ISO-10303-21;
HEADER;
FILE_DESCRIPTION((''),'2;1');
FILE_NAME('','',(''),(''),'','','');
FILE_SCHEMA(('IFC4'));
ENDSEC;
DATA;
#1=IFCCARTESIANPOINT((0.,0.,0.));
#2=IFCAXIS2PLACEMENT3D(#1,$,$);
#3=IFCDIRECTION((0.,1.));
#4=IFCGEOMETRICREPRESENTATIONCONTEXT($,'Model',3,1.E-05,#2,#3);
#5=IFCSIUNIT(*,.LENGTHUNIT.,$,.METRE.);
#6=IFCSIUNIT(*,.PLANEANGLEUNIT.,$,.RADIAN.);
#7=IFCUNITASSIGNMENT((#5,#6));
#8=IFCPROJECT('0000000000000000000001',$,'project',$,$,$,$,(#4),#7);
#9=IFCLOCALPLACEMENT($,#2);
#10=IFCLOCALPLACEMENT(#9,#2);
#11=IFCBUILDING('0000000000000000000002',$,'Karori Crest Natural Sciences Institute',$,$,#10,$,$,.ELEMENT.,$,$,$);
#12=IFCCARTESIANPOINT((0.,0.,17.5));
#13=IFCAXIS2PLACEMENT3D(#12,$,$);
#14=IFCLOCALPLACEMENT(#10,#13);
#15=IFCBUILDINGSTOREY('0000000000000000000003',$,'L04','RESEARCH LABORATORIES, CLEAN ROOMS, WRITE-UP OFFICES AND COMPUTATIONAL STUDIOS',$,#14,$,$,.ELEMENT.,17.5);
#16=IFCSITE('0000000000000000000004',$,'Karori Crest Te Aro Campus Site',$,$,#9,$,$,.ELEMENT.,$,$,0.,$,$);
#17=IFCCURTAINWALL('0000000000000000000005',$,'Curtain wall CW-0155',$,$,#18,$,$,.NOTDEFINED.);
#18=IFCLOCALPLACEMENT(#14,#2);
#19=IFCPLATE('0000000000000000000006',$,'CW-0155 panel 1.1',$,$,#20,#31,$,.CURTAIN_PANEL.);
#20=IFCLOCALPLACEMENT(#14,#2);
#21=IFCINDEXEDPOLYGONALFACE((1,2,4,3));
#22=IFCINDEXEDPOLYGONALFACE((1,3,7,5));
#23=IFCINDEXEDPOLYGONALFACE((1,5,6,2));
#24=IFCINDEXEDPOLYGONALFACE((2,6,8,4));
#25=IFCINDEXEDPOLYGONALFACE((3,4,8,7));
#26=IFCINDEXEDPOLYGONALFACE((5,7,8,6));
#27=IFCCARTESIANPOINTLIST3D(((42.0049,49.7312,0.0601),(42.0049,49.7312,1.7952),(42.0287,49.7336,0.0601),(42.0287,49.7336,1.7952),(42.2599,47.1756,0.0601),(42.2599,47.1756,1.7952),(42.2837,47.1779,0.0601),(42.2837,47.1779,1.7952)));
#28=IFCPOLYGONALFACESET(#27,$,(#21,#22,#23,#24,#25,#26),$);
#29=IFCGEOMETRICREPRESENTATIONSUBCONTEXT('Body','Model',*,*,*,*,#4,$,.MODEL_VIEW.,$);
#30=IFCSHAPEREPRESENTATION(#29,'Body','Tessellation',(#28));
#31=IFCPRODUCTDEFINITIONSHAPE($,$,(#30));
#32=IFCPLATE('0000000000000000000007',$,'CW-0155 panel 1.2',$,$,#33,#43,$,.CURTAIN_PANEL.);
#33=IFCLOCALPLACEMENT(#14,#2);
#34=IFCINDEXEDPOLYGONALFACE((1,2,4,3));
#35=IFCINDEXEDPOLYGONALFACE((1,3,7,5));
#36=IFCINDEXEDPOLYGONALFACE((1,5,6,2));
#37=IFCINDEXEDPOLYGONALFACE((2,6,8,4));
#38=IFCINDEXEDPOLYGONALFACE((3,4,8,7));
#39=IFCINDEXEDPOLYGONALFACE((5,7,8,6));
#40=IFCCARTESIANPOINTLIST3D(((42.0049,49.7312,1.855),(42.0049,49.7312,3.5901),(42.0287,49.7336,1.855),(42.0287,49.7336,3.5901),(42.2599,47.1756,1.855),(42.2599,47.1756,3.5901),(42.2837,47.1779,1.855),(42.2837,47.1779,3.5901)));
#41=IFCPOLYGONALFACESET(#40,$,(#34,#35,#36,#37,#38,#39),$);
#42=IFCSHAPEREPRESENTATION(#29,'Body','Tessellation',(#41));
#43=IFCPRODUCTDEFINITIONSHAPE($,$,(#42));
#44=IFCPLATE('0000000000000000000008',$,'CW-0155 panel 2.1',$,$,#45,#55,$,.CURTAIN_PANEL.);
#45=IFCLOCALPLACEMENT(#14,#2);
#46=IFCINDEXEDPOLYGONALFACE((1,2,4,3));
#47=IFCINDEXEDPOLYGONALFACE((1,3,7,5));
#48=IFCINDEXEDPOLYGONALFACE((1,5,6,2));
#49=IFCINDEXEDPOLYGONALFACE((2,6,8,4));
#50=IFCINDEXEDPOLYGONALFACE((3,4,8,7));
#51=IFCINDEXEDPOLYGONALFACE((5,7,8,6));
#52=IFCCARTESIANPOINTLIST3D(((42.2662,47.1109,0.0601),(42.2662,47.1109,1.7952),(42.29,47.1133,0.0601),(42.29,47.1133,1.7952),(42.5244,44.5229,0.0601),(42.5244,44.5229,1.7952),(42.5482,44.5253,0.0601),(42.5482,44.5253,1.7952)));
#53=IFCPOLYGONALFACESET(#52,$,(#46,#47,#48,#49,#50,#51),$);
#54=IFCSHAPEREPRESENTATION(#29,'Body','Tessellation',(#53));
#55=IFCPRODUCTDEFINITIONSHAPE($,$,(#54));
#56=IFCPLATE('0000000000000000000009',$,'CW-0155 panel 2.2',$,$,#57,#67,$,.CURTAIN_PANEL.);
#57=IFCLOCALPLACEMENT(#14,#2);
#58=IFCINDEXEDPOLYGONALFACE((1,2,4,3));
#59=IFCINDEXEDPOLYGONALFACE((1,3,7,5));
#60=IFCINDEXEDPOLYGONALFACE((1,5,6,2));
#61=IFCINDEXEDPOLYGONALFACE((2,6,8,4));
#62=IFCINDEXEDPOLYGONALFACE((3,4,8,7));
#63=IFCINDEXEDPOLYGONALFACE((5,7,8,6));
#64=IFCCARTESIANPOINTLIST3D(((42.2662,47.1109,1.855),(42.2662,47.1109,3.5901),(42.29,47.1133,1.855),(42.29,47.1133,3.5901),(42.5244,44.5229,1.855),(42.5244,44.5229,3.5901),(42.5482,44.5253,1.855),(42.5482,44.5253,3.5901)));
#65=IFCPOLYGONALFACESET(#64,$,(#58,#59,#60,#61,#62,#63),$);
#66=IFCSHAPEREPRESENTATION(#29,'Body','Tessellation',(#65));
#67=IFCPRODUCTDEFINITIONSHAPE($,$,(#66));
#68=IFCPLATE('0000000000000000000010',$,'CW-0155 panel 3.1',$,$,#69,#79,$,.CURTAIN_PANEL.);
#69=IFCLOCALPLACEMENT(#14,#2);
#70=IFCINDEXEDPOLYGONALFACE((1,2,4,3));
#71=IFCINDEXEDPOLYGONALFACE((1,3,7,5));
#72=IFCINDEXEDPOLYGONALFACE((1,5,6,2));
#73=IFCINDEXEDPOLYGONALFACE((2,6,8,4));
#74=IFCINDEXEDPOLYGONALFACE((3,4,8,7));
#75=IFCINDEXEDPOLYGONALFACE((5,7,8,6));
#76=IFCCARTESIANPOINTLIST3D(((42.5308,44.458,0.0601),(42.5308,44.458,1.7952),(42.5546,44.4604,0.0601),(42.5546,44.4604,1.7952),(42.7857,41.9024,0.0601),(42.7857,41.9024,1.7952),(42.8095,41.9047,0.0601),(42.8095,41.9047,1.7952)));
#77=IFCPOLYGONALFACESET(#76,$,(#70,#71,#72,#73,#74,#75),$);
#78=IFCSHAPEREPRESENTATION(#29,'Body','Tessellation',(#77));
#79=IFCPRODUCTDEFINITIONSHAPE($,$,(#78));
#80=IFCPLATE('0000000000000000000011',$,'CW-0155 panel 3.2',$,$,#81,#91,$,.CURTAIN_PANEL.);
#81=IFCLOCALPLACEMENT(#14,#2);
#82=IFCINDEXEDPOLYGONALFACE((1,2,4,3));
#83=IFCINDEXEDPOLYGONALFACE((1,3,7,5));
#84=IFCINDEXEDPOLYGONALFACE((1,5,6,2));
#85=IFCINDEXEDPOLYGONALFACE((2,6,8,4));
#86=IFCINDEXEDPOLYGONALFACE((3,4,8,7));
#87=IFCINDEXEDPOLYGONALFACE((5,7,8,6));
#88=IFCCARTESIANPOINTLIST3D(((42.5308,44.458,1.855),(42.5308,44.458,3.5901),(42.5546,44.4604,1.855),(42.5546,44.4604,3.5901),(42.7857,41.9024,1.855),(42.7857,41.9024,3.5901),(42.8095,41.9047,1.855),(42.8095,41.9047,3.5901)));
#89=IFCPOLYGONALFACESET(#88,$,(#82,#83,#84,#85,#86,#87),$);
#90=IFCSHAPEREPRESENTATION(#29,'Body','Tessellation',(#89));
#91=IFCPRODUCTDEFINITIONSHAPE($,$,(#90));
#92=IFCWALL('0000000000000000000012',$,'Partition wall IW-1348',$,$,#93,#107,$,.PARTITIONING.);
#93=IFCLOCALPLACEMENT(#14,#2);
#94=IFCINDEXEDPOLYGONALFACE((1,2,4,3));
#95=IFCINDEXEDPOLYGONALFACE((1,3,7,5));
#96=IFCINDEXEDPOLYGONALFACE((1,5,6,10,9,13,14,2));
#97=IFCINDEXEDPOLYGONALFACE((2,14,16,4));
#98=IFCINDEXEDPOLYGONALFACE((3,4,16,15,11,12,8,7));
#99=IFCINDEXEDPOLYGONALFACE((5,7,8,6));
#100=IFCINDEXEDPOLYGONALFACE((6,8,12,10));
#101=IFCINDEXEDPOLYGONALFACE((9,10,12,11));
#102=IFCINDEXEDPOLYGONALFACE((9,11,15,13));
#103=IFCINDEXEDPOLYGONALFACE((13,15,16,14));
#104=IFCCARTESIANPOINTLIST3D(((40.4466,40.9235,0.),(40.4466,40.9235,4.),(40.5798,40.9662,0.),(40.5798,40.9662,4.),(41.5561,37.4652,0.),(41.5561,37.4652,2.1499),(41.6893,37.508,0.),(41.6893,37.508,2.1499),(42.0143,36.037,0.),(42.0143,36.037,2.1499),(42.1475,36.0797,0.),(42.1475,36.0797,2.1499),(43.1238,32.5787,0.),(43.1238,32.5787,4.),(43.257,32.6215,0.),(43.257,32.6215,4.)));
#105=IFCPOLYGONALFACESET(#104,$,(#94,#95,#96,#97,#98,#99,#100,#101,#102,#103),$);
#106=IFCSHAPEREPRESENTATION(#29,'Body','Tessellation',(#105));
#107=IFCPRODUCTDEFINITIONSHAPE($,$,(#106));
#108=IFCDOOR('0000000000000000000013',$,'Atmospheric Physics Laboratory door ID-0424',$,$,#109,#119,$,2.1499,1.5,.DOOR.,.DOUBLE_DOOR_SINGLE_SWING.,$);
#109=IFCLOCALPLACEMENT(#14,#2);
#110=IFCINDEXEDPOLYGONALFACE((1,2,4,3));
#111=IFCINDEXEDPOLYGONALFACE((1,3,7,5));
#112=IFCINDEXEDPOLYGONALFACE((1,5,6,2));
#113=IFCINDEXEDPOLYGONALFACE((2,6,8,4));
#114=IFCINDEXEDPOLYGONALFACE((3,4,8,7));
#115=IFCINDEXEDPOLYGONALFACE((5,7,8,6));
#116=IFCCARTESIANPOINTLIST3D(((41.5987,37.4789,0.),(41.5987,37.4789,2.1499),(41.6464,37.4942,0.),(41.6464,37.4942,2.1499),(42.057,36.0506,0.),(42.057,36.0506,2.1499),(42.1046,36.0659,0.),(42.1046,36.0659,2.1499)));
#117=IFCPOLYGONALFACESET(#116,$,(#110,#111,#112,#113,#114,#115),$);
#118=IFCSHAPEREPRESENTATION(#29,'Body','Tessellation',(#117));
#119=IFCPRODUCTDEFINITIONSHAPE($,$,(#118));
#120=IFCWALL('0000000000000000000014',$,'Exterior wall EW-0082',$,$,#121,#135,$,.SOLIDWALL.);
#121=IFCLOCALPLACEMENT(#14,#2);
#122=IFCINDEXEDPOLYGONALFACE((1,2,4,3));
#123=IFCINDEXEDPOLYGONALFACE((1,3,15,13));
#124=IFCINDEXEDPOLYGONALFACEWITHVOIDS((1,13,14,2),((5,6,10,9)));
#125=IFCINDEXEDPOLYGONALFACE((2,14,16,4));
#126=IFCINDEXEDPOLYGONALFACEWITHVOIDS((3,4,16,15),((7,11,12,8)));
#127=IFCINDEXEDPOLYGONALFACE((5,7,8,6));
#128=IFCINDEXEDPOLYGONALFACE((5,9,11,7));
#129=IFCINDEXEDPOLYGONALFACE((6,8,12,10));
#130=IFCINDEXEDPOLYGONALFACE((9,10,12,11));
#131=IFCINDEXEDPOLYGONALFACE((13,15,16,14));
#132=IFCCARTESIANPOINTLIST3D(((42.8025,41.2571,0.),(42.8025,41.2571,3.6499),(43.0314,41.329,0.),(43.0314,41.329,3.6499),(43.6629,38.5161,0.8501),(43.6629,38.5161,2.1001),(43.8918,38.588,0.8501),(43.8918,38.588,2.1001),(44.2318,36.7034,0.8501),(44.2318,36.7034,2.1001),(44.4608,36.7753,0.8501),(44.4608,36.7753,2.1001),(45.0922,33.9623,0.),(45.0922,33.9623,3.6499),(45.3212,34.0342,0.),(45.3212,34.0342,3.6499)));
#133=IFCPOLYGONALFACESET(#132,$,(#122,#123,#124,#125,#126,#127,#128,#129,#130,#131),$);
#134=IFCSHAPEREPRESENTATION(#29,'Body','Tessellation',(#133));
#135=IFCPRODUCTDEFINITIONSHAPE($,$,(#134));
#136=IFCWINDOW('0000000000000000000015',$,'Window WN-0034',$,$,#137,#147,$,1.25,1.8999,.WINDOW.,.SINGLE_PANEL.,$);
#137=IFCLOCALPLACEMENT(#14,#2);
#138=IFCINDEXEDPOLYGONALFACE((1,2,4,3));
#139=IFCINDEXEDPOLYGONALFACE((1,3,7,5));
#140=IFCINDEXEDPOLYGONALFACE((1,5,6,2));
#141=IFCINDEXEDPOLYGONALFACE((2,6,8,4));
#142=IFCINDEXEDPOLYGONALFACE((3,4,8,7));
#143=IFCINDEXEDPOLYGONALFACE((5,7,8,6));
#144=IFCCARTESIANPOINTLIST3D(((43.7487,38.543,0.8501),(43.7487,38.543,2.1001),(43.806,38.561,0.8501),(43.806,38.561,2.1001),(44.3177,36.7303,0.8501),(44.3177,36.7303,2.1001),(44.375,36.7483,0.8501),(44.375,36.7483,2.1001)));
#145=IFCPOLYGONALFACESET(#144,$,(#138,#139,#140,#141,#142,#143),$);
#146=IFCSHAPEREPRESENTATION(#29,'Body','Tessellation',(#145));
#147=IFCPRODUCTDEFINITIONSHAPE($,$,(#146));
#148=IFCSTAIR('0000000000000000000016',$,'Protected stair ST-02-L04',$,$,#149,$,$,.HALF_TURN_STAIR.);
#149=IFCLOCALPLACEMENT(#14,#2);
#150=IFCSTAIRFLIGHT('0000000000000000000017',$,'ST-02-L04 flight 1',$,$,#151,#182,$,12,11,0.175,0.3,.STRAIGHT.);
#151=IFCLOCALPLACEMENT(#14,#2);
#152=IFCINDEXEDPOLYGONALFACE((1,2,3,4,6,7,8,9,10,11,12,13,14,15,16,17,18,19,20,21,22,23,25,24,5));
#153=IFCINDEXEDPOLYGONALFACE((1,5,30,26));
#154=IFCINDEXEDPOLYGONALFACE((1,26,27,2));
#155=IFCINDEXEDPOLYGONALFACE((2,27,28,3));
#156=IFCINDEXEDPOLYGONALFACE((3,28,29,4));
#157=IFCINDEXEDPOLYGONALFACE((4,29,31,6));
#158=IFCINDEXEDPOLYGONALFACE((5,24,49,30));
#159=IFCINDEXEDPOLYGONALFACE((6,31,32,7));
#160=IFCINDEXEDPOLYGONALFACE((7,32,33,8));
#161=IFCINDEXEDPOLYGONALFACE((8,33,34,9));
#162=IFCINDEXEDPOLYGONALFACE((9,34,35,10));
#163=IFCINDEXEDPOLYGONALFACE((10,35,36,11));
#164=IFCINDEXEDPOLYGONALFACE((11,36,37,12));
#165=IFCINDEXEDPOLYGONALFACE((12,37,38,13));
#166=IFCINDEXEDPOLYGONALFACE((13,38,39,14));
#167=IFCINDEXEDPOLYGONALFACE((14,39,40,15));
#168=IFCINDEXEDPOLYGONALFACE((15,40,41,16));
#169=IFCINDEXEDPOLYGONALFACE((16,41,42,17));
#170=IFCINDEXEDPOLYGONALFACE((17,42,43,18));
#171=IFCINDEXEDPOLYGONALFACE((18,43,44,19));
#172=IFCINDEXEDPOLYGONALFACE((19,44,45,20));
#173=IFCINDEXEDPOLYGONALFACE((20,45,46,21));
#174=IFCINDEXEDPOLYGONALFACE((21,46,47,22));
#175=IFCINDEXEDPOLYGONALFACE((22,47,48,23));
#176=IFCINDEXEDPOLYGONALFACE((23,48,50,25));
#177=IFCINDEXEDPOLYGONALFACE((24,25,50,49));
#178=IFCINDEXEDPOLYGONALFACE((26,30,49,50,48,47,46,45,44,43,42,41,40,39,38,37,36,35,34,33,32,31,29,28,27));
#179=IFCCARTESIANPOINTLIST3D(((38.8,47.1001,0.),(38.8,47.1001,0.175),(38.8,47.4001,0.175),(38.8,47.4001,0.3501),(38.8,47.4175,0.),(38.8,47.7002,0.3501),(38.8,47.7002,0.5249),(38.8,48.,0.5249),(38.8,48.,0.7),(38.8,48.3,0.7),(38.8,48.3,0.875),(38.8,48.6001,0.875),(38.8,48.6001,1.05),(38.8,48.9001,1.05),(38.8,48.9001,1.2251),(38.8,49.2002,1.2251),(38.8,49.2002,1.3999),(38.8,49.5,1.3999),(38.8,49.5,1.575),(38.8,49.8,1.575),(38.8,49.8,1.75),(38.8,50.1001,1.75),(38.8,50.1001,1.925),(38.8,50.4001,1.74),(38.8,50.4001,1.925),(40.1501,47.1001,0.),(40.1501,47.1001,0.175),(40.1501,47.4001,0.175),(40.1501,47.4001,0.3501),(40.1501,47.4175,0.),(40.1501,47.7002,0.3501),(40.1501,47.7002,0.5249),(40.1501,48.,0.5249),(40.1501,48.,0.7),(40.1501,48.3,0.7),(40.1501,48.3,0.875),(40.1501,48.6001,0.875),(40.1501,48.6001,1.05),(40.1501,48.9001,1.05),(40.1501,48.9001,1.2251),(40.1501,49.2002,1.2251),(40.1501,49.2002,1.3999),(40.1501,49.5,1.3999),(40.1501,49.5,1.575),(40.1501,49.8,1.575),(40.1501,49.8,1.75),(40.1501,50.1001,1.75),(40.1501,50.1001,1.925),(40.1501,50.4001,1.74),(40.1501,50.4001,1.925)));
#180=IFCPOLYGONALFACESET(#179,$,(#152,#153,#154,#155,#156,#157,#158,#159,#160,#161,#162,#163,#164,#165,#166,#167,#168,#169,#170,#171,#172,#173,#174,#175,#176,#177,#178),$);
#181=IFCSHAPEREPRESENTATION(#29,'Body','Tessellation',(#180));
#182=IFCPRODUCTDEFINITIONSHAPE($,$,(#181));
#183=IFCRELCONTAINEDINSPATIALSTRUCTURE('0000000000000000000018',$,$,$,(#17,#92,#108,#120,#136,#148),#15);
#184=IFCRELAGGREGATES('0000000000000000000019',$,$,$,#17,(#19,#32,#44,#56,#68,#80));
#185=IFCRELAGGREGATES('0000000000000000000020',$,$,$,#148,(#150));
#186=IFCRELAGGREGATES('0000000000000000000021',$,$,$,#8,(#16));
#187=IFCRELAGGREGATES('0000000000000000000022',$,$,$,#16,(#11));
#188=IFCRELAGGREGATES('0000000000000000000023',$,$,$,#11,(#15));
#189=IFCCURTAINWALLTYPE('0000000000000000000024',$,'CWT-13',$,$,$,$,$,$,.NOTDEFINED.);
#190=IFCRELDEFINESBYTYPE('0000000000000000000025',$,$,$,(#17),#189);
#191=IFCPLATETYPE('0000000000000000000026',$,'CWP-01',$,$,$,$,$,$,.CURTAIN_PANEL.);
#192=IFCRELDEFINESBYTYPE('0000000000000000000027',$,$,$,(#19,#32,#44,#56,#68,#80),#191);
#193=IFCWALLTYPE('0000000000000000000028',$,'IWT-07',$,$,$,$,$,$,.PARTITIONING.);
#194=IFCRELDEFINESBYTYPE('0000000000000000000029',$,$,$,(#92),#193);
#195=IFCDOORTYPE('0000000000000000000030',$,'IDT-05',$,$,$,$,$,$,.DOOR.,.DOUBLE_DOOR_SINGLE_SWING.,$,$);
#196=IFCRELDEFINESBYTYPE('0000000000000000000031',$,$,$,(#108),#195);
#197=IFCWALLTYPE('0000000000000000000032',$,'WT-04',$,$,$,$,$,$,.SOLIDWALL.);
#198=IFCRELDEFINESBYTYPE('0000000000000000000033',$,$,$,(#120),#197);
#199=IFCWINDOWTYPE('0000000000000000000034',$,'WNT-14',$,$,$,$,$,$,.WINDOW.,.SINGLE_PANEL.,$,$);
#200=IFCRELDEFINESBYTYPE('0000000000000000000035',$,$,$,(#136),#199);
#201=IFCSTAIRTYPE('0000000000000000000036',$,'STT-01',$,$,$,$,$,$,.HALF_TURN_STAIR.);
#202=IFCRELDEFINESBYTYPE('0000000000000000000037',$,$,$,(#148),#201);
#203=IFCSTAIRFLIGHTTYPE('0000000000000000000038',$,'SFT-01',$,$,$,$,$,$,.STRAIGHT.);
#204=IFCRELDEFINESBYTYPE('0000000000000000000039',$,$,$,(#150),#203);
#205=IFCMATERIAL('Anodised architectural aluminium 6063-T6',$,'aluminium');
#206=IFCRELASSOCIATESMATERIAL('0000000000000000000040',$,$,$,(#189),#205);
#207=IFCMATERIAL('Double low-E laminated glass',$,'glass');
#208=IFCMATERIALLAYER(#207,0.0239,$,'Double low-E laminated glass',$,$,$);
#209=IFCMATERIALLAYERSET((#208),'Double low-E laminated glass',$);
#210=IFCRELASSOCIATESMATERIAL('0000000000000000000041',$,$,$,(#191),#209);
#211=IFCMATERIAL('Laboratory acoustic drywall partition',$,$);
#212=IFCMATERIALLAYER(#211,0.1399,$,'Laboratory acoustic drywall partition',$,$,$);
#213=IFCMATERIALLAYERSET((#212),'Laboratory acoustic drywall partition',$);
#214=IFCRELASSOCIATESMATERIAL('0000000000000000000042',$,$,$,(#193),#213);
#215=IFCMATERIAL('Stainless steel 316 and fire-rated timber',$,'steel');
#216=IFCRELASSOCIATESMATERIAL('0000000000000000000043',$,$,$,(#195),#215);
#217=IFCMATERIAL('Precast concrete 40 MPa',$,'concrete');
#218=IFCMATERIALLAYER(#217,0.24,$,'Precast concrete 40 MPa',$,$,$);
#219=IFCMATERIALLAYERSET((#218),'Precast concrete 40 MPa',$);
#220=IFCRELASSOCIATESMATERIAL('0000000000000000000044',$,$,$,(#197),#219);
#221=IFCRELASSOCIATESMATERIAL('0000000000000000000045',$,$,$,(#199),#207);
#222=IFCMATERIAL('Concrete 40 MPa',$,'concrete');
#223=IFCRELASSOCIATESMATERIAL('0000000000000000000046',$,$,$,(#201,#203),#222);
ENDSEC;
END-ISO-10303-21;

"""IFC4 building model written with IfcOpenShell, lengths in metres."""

from ifc_helpers import new_model, si_unit, direction, frame, frame_2d, origin, origin_2d, place, context, subcontext, project, spatial, polyline, rectangle, outline, extrude, material, layer, layer_set, type_object, element, fill, aggregate, save


model = new_model("IFC4")

# Units and contexts
model_context = context("Model", 3, precision=1e-05, world=origin(), true_north=direction((0.0, 1.0)))
body_context = subcontext(model_context, "Body", "Model", "MODEL_VIEW")
ifc_project = project(units=[si_unit("LENGTHUNIT", "METRE"), si_unit("PLANEANGLEUNIT", "RADIAN")], contexts=[model_context])

# Site, building, storey
site_placement = place(None, origin())
site = spatial("IfcSite", under=ifc_project, at=site_placement, Name="Karori Crest Te Aro Campus Site", CompositionType="ELEMENT", RefElevation=0.0)
building_placement = place(site_placement, origin())
building = spatial("IfcBuilding", under=site, at=building_placement, Name="Karori Crest Natural Sciences Institute", CompositionType="ELEMENT")
storey_placement = place(building_placement, frame((0.0, 0.0, 17.5)))
storey = spatial("IfcBuildingStorey", under=building, at=storey_placement, Name="L04", Description="RESEARCH LABORATORIES, CLEAN ROOMS, WRITE-UP OFFICES AND COMPUTATIONAL STUDIOS", CompositionType="ELEMENT", Elevation=17.5)

# Curtain wall, plates
ifc_material_1 = material(Name="Anodised architectural aluminium 6063-T6", Category="aluminium")
curtain_wall_type = type_object("IfcCurtainWallType", Name="CWT-13", PredefinedType="NOTDEFINED", material=ifc_material_1)
curtain_wall_placement = place(storey_placement, origin())
curtain_wall = element("IfcCurtainWall", 1, at=curtain_wall_placement, inside=storey, type_object=curtain_wall_type, Name="Curtain wall CW-0155", PredefinedType="NOTDEFINED")
ifc_material_2 = material(Name="Double low-E laminated glass", Category="glass")
ifc_layer_1 = layer(ifc_material_2, 0.0239, Name="Double low-E laminated glass")
ifc_layer_set_1 = layer_set([ifc_layer_1], Name="Double low-E laminated glass")
plate_type = type_object("IfcPlateType", Name="CWP-01", PredefinedType="CURTAIN_PANEL", material=ifc_layer_set_1)
plate_1_placement = place(storey_placement, frame((42.1443, 48.4546, 0.0601), z_axis=(0.0, 0.0, 1.0), x_axis=(0.099268, -0.995061, 0.0)))
plate_1 = element("IfcPlate", 2, at=plate_1_placement, type_object=plate_type, Name="CW-0155 panel 1.1", PredefinedType="CURTAIN_PANEL", context=body_context, shape_type="SweptSolid", body=[
    extrude(rectangle(XDim=2.5684, YDim=0.0239, at=origin_2d()), origin(), (0.0, 0.0, 1.0), 1.7351),
])
plate_2_placement = place(storey_placement, frame((42.1443, 48.4546, 1.855), z_axis=(0.0, 0.0, 1.0), x_axis=(0.099268, -0.995061, 0.0)))
plate_2 = element("IfcPlate", 3, at=plate_2_placement, type_object=plate_type, Name="CW-0155 panel 1.2", PredefinedType="CURTAIN_PANEL", context=body_context, shape_type="SweptSolid", body=[
    extrude(rectangle(XDim=2.5684, YDim=0.0239, at=origin_2d()), origin(), (0.0, 0.0, 1.0), 1.7351),
])
plate_3_placement = place(storey_placement, frame((42.4072, 45.8181, 0.0601), z_axis=(0.0, 0.0, 1.0), x_axis=(0.099268, -0.995061, 0.0)))
plate_3 = element("IfcPlate", 4, at=plate_3_placement, type_object=plate_type, Name="CW-0155 panel 2.1", PredefinedType="CURTAIN_PANEL", context=body_context, shape_type="SweptSolid", body=[
    extrude(rectangle(XDim=2.6008, YDim=0.0239, at=origin_2d()), origin(), (0.0, 0.0, 1.0), 1.7351),
])
plate_4_placement = place(storey_placement, frame((42.4072, 45.8181, 1.855), z_axis=(0.0, 0.0, 1.0), x_axis=(0.099268, -0.995061, 0.0)))
plate_4 = element("IfcPlate", 5, at=plate_4_placement, type_object=plate_type, Name="CW-0155 panel 2.2", PredefinedType="CURTAIN_PANEL", context=body_context, shape_type="SweptSolid", body=[
    extrude(rectangle(XDim=2.6008, YDim=0.0239, at=origin_2d()), origin(), (0.0, 0.0, 1.0), 1.7351),
])
plate_5_placement = place(storey_placement, frame((42.6702, 43.1814, 0.0601), z_axis=(0.0, 0.0, 1.0), x_axis=(0.099268, -0.995061, 0.0)))
plate_5 = element("IfcPlate", 6, at=plate_5_placement, type_object=plate_type, Name="CW-0155 panel 3.1", PredefinedType="CURTAIN_PANEL", context=body_context, shape_type="SweptSolid", body=[
    extrude(rectangle(XDim=2.5684, YDim=0.0239, at=origin_2d()), origin(), (0.0, 0.0, 1.0), 1.7351),
])
plate_6_placement = place(storey_placement, frame((42.6702, 43.1814, 1.855), z_axis=(0.0, 0.0, 1.0), x_axis=(0.099268, -0.995061, 0.0)))
plate_6 = element("IfcPlate", 7, at=plate_6_placement, type_object=plate_type, Name="CW-0155 panel 3.2", PredefinedType="CURTAIN_PANEL", context=body_context, shape_type="SweptSolid", body=[
    extrude(rectangle(XDim=2.5684, YDim=0.0239, at=origin_2d()), origin(), (0.0, 0.0, 1.0), 1.7351),
])
aggregate(curtain_wall, [plate_1, plate_2, plate_3, plate_4, plate_5, plate_6])

# Wall, opening, door
ifc_material_3 = material(Name="Stainless steel 316 and fire-rated timber", Category="steel")
ifc_material_4 = material(Name="Laboratory acoustic drywall partition")
ifc_layer_2 = layer(ifc_material_4, 0.1399, Name="Laboratory acoustic drywall partition")
ifc_layer_set_2 = layer_set([ifc_layer_2], Name="Laboratory acoustic drywall partition")
wall_type_1 = type_object("IfcWallType", Name="IWT-07", PredefinedType="PARTITIONING", material=ifc_layer_set_2)
wall_1_placement = place(storey_placement, frame((40.5132, 40.9448, 0.0), z_axis=(0.0, 0.0, 1.0), x_axis=(0.305493, -0.952194, 0.0)))
wall_1 = element("IfcWall", 8, at=wall_1_placement, inside=storey, type_object=wall_type_1, Name="Partition wall IW-1348", PredefinedType="PARTITIONING", context=body_context, shape_type="SweptSolid", body=[
    extrude(rectangle(XDim=8.7637, YDim=0.1399, at=frame_2d((4.3818, 0.0))), origin(), (0.0, 0.0, 1.0), 4.0),
])
opening_1_placement = place(wall_1_placement, frame((3.6318, 0.0, 0.0)))
opening_1 = element("IfcOpeningElement", 9, at=opening_1_placement, cuts=wall_1, PredefinedType="OPENING", context=body_context, shape_type="SweptSolid", body=[
    extrude(rectangle(XDim=1.5, YDim=2.1499, at=frame_2d((0.75, 1.075))), frame((0.0, 0.0801, 0.0), z_axis=(0.0, -1.0, 0.0), x_axis=(1.0, 0.0, 0.0)), (0.0, 0.0, 1.0), 0.1599),
])
door_type_1 = type_object("IfcDoorType", Name="IDT-05", OperationType="DOUBLE_DOOR_SINGLE_SWING", PredefinedType="DOOR", material=ifc_material_3)
door_1_placement = place(opening_1_placement, origin())
door_1 = element("IfcDoor", 10, at=door_1_placement, inside=storey, type_object=door_type_1, Name="Atmospheric Physics Laboratory door ID-0424", OperationType="DOUBLE_DOOR_SINGLE_SWING", OverallHeight=2.1499, OverallWidth=1.5, PredefinedType="DOOR", context=body_context, shape_type="SweptSolid", body=[
    extrude(rectangle(XDim=1.5, YDim=2.1499, at=frame_2d((0.75, 1.075))), frame((0.0, 0.0249, 0.0), z_axis=(0.0, -1.0, 0.0), x_axis=(1.0, 0.0, 0.0)), (0.0, 0.0, 1.0), 0.05),
])
fill(opening_1, door_1)

# Wall, opening, window
ifc_material_5 = material(Name="Precast concrete 40 MPa", Category="concrete")
ifc_layer_3 = layer(ifc_material_5, 0.24, Name="Precast concrete 40 MPa")
ifc_layer_set_3 = layer_set([ifc_layer_3], Name="Precast concrete 40 MPa")
wall_type_2 = type_object("IfcWallType", Name="WT-04", PredefinedType="SOLIDWALL", material=ifc_layer_set_3)
wall_2_placement = place(storey_placement, frame((42.917, 41.293, 0.0), z_axis=(0.0, 0.0, 1.0), x_axis=(0.299482, -0.954102, 0.0)))
wall_2 = element("IfcWall", 11, at=wall_2_placement, inside=storey, type_object=wall_type_2, Name="Exterior wall EW-0082", PredefinedType="SOLIDWALL", context=body_context, shape_type="SweptSolid", body=[
    extrude(rectangle(XDim=7.6458, YDim=0.24, at=frame_2d((3.8228, 0.0))), origin(), (0.0, 0.0, 1.0), 3.6499),
])
opening_2_placement = place(wall_2_placement, frame((2.8728, 0.0, 0.8501)))
opening_2 = element("IfcOpeningElement", 12, at=opening_2_placement, cuts=wall_2, PredefinedType="OPENING", context=body_context, shape_type="SweptSolid", body=[
    extrude(rectangle(XDim=1.8999, YDim=1.25, at=frame_2d((0.95, 0.625))), frame((0.0, 0.1299, 0.0), z_axis=(0.0, -1.0, 0.0), x_axis=(1.0, 0.0, 0.0)), (0.0, 0.0, 1.0), 0.26),
])
window_type = type_object("IfcWindowType", Name="WNT-14", PartitioningType="SINGLE_PANEL", PredefinedType="WINDOW", material=ifc_material_2)
window_placement = place(opening_2_placement, origin())
window = element("IfcWindow", 13, at=window_placement, inside=storey, type_object=window_type, Name="Window WN-0034", OverallHeight=1.25, OverallWidth=1.8999, PartitioningType="SINGLE_PANEL", PredefinedType="WINDOW", context=body_context, shape_type="SweptSolid", body=[
    extrude(rectangle(XDim=1.8999, YDim=1.25, at=frame_2d((0.95, 0.625))), frame((0.0, 0.03, 0.0), z_axis=(0.0, -1.0, 0.0), x_axis=(1.0, 0.0, 0.0)), (0.0, 0.0, 1.0), 0.0601),
])
fill(opening_2, window)

# Stair, stair flight
ifc_material_6 = material(Name="Concrete 40 MPa", Category="concrete")
stair_type = type_object("IfcStairType", Name="STT-01", PredefinedType="HALF_TURN_STAIR", material=ifc_material_6)
stair_placement = place(storey_placement, origin())
stair = element("IfcStair", 14, at=stair_placement, inside=storey, type_object=stair_type, Name="Protected stair ST-02-L04", PredefinedType="HALF_TURN_STAIR")
stair_flight_type = type_object("IfcStairFlightType", Name="SFT-01", PredefinedType="STRAIGHT", material=ifc_material_6)
stair_flight_1_placement = place(storey_placement, frame((39.4751, 47.1001, 0.0), z_axis=(0.0, 0.0, 1.0), x_axis=(0.0, 1.0, 0.0)))
stair_flight_1 = element("IfcStairFlight", 15, at=stair_flight_1_placement, type_object=stair_flight_type, Name="ST-02-L04 flight 1", NumberOfRisers=12, NumberOfTreads=11, PredefinedType="STRAIGHT", RiserHeight=0.175, TreadLength=0.3, context=body_context, shape_type="SweptSolid", body=[
    extrude(outline(polyline([(0.0, 0.0), (0.0, 0.175), (0.3, 0.175), (0.3, 0.3501), (0.6001, 0.3501), (0.6001, 0.5249), (0.8999, 0.5249), (0.8999, 0.7), (1.2, 0.7), (1.2, 0.875), (1.5, 0.875), (1.5, 1.05), (1.8, 1.05), (1.8, 1.2251), (2.1001, 1.2251), (2.1001, 1.3999), (2.3999, 1.3999), (2.3999, 1.575), (2.7, 1.575), (2.7, 1.75), (3.0, 1.75), (3.0, 1.925), (3.3, 1.925), (3.3, 2.1001), (3.3, 1.74), (0.3174, 0.0), (0.0, 0.0)])), frame((0.0, 0.675, 0.0), z_axis=(0.0, -1.0, 0.0), x_axis=(1.0, 0.0, 0.0)), (0.0, 0.0, 1.0), 1.3501),
])
aggregate(stair, [stair_flight_1])

save(model, "model.ifc")
